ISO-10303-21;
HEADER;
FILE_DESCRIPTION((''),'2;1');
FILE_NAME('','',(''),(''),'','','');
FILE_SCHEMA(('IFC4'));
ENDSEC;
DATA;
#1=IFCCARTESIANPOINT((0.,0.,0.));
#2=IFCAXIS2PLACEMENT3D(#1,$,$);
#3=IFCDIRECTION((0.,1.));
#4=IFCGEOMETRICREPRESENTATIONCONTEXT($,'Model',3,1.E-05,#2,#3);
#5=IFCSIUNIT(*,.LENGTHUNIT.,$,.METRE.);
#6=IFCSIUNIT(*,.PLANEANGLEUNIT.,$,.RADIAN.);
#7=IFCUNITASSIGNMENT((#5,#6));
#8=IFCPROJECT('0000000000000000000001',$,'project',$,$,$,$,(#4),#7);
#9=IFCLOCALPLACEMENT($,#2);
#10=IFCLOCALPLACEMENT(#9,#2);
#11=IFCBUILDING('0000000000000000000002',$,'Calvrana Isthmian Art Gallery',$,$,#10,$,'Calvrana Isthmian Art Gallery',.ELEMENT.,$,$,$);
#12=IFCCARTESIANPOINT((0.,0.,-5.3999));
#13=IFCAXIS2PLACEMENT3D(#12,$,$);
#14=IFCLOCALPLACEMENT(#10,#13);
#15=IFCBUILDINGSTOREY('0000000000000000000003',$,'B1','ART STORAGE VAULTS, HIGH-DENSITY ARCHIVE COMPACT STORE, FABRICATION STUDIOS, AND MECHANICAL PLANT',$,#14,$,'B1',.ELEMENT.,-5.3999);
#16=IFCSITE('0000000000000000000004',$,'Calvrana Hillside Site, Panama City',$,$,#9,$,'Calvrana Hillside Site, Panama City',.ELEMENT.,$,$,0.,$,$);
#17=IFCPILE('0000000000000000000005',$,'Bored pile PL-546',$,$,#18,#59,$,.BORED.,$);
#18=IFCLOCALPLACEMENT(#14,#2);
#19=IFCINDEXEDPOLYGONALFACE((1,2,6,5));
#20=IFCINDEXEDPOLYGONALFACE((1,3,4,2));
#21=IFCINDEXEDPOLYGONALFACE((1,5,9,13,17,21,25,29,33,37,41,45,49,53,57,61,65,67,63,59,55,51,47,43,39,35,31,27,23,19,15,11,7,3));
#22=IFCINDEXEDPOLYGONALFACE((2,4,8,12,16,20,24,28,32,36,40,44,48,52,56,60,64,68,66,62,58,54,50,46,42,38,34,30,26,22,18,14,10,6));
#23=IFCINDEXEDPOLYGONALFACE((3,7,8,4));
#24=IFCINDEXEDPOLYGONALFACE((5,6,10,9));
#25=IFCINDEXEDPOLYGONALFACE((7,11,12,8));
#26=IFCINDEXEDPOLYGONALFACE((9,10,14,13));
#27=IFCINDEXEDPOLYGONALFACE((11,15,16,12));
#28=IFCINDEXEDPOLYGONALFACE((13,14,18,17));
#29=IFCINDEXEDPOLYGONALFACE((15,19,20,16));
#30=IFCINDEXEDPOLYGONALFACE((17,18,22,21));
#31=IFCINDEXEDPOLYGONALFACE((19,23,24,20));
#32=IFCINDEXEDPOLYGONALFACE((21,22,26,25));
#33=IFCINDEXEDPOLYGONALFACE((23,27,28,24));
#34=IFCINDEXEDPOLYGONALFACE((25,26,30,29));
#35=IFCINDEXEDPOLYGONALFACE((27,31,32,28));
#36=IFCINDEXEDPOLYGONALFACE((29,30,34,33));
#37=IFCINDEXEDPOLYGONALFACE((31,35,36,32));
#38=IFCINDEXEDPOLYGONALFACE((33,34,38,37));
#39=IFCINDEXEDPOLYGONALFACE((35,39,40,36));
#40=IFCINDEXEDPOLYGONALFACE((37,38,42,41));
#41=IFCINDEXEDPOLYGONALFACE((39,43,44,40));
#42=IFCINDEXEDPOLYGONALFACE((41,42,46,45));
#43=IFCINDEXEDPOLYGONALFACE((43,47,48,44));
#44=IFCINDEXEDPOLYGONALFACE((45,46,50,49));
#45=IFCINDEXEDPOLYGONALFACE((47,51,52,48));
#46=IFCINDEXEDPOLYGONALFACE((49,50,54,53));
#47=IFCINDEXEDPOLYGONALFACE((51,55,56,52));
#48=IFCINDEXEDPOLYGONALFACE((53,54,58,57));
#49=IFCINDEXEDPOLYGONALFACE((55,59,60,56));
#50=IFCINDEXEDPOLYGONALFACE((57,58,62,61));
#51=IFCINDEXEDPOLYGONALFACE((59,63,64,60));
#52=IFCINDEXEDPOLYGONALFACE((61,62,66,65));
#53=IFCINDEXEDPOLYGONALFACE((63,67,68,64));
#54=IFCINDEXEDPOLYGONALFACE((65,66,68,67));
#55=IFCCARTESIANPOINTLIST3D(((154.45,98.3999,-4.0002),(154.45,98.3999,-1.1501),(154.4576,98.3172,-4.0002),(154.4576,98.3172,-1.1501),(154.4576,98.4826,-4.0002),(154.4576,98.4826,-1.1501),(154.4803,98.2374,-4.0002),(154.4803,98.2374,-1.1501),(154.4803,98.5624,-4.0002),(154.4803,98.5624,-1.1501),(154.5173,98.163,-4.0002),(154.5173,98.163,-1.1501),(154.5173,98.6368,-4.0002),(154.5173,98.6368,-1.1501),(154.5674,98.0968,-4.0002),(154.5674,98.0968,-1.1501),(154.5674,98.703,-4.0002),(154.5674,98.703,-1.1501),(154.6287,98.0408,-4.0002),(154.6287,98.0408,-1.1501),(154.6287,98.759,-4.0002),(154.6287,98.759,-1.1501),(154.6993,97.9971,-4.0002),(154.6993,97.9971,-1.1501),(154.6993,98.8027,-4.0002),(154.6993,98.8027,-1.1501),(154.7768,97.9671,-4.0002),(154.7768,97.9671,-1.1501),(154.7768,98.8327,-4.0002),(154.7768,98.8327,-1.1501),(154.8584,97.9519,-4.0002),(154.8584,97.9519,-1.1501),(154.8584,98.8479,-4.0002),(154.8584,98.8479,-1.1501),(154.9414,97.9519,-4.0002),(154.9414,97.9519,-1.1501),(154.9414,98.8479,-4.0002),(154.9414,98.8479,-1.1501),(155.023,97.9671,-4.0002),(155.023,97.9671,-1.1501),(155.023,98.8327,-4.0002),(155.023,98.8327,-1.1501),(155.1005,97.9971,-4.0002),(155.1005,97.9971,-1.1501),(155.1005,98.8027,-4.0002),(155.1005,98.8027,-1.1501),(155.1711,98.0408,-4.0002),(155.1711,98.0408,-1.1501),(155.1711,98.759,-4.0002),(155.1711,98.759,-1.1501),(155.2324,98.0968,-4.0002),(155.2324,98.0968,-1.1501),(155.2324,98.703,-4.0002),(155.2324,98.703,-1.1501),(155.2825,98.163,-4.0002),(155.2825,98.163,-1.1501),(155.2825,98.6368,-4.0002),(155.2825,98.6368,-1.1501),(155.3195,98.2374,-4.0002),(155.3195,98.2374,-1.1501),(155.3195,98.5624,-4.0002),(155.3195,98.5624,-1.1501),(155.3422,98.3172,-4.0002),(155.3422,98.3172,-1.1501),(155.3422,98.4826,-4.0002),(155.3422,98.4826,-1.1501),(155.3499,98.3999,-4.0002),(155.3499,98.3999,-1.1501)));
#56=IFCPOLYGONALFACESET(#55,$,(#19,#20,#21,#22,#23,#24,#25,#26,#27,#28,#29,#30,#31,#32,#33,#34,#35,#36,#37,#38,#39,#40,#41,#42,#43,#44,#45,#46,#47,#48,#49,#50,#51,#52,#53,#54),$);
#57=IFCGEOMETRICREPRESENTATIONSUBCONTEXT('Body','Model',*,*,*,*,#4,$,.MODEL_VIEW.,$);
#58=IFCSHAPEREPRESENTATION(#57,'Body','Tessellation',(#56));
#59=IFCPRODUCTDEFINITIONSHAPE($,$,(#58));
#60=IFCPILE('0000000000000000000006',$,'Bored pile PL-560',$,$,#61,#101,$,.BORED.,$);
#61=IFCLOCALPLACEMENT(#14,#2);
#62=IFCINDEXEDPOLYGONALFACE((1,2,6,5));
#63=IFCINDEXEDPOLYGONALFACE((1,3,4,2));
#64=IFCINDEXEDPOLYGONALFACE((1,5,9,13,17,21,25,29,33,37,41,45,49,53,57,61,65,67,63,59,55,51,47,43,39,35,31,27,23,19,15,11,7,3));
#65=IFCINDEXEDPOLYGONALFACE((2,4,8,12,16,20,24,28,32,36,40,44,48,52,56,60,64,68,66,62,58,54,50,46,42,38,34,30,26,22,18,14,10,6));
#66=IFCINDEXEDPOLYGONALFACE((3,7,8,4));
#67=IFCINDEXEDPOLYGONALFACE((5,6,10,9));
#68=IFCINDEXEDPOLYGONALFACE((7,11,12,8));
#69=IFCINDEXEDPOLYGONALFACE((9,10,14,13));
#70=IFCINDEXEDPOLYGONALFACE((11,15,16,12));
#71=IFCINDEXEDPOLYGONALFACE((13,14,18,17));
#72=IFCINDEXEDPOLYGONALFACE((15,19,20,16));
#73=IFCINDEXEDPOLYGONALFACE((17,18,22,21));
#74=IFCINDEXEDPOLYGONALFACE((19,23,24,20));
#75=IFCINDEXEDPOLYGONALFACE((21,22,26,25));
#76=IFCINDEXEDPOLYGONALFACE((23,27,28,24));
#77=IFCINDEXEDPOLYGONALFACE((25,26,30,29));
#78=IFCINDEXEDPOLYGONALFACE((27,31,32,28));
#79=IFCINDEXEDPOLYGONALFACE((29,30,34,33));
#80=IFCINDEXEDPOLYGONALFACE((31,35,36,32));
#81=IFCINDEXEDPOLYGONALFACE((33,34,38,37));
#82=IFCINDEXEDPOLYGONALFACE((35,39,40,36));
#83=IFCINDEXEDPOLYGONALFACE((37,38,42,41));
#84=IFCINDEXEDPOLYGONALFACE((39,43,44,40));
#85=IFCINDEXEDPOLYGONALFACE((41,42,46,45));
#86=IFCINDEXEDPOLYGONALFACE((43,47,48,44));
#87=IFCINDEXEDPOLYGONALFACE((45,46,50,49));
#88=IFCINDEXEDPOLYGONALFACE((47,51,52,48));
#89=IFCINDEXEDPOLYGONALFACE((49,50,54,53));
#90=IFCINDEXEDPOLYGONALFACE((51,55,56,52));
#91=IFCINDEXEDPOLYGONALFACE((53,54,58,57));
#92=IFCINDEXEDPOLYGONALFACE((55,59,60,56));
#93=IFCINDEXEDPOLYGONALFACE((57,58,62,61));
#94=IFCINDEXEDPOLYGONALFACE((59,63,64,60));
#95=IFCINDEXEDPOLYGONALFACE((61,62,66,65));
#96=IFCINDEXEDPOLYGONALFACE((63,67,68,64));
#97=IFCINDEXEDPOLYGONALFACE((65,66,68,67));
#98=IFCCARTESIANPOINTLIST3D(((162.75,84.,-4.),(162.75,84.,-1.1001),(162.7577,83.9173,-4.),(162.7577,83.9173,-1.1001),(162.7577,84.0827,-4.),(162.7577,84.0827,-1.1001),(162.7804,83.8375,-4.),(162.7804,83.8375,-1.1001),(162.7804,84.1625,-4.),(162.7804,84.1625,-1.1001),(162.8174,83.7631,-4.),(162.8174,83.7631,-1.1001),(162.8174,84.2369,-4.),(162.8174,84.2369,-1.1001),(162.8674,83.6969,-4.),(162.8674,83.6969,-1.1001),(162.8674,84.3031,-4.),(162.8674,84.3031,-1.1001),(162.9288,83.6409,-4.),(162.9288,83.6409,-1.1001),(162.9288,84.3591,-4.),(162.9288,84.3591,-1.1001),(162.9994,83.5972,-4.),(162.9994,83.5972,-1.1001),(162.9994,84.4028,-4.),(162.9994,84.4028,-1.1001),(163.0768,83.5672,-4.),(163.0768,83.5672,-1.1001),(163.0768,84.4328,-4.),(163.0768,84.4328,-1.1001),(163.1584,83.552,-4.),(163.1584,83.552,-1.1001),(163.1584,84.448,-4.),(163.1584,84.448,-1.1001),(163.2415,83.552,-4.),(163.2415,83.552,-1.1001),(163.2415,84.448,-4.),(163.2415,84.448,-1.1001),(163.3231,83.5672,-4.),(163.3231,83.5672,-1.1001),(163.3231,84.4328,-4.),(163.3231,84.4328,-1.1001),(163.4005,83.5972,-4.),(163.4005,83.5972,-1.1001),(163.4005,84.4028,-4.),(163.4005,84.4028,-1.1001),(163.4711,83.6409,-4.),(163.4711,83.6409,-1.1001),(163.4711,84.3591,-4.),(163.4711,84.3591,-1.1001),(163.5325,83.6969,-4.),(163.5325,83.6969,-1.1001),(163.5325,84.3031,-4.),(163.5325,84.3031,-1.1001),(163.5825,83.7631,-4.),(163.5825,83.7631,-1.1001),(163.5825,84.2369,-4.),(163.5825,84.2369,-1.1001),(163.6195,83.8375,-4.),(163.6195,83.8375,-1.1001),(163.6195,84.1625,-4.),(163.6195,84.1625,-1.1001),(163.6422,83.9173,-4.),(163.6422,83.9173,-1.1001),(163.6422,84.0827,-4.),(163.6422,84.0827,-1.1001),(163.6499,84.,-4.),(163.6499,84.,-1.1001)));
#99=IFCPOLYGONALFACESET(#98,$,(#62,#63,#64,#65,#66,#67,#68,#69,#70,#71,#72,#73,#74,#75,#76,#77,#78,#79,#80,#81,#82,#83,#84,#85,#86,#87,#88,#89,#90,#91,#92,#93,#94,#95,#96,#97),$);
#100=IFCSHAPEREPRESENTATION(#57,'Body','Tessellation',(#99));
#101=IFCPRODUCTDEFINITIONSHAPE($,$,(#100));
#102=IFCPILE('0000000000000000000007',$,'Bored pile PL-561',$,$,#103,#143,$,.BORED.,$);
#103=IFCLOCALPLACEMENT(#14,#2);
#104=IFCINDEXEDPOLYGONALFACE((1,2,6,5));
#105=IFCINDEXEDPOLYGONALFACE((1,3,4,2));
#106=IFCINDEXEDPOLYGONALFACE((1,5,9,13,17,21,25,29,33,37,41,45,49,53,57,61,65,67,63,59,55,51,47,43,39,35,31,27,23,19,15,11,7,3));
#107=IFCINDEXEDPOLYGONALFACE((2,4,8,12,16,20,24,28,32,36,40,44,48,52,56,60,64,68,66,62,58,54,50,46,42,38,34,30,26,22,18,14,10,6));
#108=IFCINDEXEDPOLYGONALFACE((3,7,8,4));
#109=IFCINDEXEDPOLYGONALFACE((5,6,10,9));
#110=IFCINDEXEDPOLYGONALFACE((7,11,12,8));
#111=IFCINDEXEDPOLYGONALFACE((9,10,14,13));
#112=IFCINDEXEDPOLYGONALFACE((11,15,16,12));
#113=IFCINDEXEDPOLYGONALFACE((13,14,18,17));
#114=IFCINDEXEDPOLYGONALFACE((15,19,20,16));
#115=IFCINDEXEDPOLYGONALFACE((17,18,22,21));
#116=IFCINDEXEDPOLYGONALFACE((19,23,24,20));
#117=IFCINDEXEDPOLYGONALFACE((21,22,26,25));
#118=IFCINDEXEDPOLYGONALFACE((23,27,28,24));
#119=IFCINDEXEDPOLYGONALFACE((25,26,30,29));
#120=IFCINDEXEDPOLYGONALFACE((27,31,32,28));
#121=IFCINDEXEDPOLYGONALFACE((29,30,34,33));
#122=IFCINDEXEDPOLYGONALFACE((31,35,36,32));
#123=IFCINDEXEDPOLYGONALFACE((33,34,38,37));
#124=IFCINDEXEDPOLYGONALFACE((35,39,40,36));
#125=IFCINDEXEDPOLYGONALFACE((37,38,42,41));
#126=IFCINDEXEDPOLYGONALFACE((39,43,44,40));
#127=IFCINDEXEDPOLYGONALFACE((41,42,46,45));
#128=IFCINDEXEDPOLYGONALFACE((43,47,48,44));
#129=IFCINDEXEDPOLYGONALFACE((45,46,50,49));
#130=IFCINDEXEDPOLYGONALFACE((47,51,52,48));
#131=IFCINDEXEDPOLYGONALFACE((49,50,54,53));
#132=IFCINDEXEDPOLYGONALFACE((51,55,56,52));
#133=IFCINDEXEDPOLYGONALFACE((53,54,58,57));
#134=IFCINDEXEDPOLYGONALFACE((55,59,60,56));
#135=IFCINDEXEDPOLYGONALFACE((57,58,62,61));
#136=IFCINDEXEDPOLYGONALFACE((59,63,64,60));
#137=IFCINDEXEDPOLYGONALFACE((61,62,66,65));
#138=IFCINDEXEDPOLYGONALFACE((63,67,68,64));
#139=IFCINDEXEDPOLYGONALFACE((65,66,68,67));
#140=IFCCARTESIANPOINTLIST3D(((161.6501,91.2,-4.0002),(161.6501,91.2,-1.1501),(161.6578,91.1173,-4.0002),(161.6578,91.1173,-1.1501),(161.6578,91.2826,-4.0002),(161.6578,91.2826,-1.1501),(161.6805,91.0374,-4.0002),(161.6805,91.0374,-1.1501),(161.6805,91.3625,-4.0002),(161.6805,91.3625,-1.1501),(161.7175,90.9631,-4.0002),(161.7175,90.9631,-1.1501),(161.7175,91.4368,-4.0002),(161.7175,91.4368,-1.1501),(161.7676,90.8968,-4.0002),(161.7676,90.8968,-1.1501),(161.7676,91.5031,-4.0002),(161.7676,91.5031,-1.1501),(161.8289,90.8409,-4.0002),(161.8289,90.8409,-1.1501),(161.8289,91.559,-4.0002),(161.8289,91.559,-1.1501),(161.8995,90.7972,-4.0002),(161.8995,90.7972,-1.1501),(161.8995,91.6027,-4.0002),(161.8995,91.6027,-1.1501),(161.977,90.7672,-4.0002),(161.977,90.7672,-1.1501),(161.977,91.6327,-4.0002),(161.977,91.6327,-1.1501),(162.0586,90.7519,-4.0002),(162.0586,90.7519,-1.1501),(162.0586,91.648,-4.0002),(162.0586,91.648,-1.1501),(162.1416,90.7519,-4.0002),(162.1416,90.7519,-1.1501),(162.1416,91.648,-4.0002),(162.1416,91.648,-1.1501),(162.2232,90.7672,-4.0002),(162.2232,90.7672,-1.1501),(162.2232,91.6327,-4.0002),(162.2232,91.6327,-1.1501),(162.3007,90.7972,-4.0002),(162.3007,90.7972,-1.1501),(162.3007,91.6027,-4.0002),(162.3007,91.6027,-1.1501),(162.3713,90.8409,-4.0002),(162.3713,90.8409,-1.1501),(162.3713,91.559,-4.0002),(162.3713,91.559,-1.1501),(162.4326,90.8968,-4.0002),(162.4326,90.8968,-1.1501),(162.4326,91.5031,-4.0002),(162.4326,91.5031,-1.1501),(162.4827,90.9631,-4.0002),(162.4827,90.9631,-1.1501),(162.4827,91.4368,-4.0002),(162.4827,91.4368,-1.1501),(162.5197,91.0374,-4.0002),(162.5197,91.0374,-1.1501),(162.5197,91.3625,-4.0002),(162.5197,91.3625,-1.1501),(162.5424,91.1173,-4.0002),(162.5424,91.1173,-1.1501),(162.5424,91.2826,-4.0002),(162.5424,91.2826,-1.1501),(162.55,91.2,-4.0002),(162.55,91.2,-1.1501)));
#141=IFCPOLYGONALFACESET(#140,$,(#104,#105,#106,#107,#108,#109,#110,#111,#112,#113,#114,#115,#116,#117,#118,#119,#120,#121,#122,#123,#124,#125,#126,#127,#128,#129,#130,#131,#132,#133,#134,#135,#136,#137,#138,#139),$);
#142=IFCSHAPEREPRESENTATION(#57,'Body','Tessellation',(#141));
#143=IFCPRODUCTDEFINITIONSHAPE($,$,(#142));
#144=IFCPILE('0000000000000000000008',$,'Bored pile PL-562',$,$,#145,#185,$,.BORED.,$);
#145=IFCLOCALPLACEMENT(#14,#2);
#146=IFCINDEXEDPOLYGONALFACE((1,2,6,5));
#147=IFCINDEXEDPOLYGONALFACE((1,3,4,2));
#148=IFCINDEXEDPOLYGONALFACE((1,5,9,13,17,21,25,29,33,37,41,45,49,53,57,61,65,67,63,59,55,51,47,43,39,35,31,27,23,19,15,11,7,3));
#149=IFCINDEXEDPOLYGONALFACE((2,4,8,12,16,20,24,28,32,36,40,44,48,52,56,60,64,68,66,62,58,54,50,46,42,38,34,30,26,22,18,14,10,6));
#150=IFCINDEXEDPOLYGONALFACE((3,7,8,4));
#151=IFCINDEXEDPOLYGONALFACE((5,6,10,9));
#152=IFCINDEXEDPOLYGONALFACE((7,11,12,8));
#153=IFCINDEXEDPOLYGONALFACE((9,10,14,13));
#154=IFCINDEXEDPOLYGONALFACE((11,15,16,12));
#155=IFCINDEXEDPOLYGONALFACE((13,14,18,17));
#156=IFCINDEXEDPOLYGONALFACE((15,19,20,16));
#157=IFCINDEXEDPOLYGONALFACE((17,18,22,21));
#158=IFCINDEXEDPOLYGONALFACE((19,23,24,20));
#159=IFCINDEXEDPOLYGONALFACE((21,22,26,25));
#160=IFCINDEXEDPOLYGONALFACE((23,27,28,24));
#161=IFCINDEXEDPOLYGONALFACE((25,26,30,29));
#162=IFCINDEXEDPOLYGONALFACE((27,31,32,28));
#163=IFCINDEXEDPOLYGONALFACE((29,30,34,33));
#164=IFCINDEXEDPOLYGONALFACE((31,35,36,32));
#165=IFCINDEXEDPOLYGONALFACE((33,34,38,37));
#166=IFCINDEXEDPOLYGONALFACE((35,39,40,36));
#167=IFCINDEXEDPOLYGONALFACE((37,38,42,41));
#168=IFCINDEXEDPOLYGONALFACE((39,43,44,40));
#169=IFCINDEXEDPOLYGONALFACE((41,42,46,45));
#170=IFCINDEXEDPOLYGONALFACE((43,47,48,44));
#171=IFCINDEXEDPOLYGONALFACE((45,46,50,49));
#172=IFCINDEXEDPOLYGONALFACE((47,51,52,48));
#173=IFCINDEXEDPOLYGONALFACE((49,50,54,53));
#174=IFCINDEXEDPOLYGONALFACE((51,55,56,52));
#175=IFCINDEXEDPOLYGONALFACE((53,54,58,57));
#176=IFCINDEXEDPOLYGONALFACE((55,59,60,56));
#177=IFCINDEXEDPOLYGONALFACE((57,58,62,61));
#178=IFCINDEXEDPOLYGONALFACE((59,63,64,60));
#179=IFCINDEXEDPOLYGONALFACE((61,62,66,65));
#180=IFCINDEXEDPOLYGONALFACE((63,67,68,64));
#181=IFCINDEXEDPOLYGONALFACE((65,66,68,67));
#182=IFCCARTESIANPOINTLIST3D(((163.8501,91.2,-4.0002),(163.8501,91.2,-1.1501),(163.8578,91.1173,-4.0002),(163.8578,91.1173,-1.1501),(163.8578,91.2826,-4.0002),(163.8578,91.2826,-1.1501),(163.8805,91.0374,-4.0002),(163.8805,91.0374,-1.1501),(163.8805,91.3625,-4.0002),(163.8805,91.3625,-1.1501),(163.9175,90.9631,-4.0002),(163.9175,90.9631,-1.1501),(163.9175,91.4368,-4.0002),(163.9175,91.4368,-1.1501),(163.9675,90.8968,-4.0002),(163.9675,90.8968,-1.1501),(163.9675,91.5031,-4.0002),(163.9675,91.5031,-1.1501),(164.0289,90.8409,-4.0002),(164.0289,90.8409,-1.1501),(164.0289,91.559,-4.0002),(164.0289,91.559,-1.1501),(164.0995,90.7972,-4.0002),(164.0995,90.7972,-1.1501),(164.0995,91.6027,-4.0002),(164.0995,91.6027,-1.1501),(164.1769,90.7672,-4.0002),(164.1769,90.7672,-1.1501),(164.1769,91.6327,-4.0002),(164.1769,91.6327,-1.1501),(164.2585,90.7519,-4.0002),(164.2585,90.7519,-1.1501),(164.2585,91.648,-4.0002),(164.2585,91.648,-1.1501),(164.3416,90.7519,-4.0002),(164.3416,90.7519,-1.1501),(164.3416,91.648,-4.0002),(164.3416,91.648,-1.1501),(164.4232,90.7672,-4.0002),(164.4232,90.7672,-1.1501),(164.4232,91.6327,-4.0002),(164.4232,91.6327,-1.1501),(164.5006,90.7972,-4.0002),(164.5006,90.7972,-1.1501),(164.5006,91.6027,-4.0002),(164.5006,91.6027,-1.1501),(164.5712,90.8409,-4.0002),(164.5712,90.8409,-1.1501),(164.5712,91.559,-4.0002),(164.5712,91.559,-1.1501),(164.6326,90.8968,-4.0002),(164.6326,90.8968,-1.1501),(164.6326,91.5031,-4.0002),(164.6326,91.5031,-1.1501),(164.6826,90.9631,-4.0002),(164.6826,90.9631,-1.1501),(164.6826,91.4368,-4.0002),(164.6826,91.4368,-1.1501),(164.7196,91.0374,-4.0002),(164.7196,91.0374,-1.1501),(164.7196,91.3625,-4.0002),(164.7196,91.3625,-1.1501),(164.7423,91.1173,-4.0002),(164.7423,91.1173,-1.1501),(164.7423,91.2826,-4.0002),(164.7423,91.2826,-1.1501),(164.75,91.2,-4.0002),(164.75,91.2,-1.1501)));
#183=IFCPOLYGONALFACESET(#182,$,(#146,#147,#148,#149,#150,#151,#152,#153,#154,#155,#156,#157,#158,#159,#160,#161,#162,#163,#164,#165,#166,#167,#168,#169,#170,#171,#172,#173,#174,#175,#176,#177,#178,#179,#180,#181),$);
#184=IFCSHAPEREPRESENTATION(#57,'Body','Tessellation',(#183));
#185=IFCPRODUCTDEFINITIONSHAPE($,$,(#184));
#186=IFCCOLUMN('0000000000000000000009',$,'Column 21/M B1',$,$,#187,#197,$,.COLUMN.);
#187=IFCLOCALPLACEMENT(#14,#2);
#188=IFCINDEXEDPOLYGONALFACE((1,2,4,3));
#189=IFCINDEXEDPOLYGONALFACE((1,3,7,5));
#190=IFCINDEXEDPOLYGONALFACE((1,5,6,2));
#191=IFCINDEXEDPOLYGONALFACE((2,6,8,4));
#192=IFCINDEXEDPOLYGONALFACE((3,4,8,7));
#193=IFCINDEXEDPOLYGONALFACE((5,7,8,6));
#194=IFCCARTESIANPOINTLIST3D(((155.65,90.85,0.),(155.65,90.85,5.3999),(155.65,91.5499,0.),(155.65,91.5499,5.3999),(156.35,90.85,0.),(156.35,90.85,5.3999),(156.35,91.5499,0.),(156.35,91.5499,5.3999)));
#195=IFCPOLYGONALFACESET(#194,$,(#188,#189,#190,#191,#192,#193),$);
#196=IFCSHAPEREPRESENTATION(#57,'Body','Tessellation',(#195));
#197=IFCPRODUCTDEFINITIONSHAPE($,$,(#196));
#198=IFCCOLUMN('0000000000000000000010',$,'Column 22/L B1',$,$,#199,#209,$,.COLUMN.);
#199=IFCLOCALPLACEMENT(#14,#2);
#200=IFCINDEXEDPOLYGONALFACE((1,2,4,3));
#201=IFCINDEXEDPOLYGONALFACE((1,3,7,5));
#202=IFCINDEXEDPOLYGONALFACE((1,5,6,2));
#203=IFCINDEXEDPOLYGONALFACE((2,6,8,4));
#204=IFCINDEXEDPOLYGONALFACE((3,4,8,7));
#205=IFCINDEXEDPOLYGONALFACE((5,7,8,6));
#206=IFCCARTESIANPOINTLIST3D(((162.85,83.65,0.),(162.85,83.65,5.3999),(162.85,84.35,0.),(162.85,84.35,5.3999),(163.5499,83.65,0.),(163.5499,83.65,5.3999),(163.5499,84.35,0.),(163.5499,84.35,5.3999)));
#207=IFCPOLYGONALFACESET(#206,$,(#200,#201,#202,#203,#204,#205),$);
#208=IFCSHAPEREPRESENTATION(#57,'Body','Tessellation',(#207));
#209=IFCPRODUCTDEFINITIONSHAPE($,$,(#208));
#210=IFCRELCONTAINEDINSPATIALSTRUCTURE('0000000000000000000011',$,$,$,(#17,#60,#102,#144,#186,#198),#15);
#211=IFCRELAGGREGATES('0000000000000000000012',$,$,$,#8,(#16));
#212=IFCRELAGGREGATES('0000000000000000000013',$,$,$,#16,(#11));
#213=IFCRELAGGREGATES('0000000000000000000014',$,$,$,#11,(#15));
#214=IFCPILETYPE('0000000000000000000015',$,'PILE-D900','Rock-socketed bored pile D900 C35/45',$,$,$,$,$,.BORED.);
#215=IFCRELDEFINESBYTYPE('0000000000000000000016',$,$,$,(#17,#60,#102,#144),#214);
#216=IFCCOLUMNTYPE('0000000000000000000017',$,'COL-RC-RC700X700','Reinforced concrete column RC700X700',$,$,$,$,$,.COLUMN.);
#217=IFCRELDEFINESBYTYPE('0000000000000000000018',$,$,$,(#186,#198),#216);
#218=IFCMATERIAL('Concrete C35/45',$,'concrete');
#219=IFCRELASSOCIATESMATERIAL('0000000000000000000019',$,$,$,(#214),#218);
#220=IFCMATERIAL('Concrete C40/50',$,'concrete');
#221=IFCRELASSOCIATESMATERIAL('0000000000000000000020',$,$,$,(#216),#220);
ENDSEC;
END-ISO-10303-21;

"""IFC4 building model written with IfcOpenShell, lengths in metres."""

from ifc_helpers import new_model, si_unit, direction, frame, origin, origin_2d, place, context, subcontext, project, spatial, rectangle, circle, extrude, material, material_profile, profile_set, type_object, element, save


model = new_model("IFC4")

# Units and contexts
model_context = context("Model", 3, precision=1e-05, world=origin(), true_north=direction((0.0, 1.0)))
body_context = subcontext(model_context, "Body", "Model", "MODEL_VIEW")
ifc_project = project(units=[si_unit("LENGTHUNIT", "METRE"), si_unit("PLANEANGLEUNIT", "RADIAN")], contexts=[model_context])

# Site, building, storey
site_placement = place(None, origin())
site = spatial("IfcSite", under=ifc_project, at=site_placement, Name="Calvrana Hillside Site, Panama City", LongName="Calvrana Hillside Site, Panama City", CompositionType="ELEMENT", RefElevation=0.0)
building_placement = place(site_placement, origin())
building = spatial("IfcBuilding", under=site, at=building_placement, Name="Calvrana Isthmian Art Gallery", LongName="Calvrana Isthmian Art Gallery", CompositionType="ELEMENT")
storey_placement = place(building_placement, frame((0.0, 0.0, -5.3999)))
storey = spatial("IfcBuildingStorey", under=building, at=storey_placement, Name="B1", Description="ART STORAGE VAULTS, HIGH-DENSITY ARCHIVE COMPACT STORE, FABRICATION STUDIOS, AND MECHANICAL PLANT", LongName="B1", CompositionType="ELEMENT", Elevation=-5.3999)

# Shared definitions
ifc_material_1 = material(Name="Concrete C35/45", Category="concrete")

# Piles
ifc_material_profile_1 = material_profile(ifc_material_1, circle(Radius=0.45, at=origin_2d()), Name="PILE900D")
ifc_profile_set_1 = profile_set([ifc_material_profile_1], Name="Concrete C35/45")
pile_type_1 = type_object("IfcPileType", Name="PILE-D900", Description="Rock-socketed bored pile D900 C35/45", PredefinedType="BORED", material=ifc_profile_set_1)
pile_1_placement = place(storey_placement, frame((154.8999, 98.3999, -1.1501), z_axis=(0.0, 0.0, -1.0), x_axis=(1.0, 0.0, 0.0)))
element("IfcPile", 1, at=pile_1_placement, inside=storey, type_object=pile_type_1, Name="Bored pile PL-546", PredefinedType="BORED", context=body_context, shape_type="SweptSolid", body=[
    extrude(circle(Radius=0.45, at=origin_2d()), origin(), (0.0, 0.0, 1.0), 2.8501),
])
pile_2_placement = place(storey_placement, frame((163.2, 84.0, -1.1001), z_axis=(0.0, 0.0, -1.0), x_axis=(1.0, 0.0, 0.0)))
element("IfcPile", 2, at=pile_2_placement, inside=storey, type_object=pile_type_1, Name="Bored pile PL-560", PredefinedType="BORED", context=body_context, shape_type="SweptSolid", body=[
    extrude(circle(Radius=0.45, at=origin_2d()), origin(), (0.0, 0.0, 1.0), 2.8999),
])
for number, where, z_axis, x_axis, name in (
    (3, (162.1001, 91.2, -1.1501), (0.0, 0.0, -1.0), (1.0, 0.0, 0.0), "Bored pile PL-561"),
    (4, (164.3, 91.2, -1.1501), (0.0, 0.0, -1.0), (1.0, 0.0, 0.0), "Bored pile PL-562"),
):
    element("IfcPile", number, at=place(storey_placement, frame(where, z_axis=z_axis, x_axis=x_axis)), inside=storey, type_object=pile_type_1, Name=name, PredefinedType="BORED", context=body_context, shape_type="SweptSolid", body=[
        extrude(circle(Radius=0.45, at=origin_2d()), origin(), (0.0, 0.0, 1.0), 2.8501),
    ])

# Columns
ifc_material_2 = material(Name="Concrete C40/50", Category="concrete")
ifc_material_profile_2 = material_profile(ifc_material_2, rectangle(XDim=0.7, YDim=0.7, at=origin_2d()), Name="RC700X700")
ifc_profile_set_2 = profile_set([ifc_material_profile_2], Name="Concrete C40/50")
column_type_1 = type_object("IfcColumnType", Name="COL-RC-RC700X700", Description="Reinforced concrete column RC700X700", PredefinedType="COLUMN", material=ifc_profile_set_2)
for number, where, z_axis, x_axis, name in (
    (5, (156.0, 91.2, 0.0), (0.0, 0.0, 1.0), (1.0, 0.0, 0.0), "Column 21/M B1"),
    (6, (163.2, 84.0, 0.0), (0.0, 0.0, 1.0), (1.0, 0.0, 0.0), "Column 22/L B1"),
):
    element("IfcColumn", number, at=place(storey_placement, frame(where, z_axis=z_axis, x_axis=x_axis)), inside=storey, type_object=column_type_1, Name=name, PredefinedType="COLUMN", context=body_context, shape_type="SweptSolid", body=[
        extrude(rectangle(XDim=0.7, YDim=0.7, at=origin_2d()), origin(), (0.0, 0.0, 1.0), 5.3999),
    ])

save(model, "model.ifc")
